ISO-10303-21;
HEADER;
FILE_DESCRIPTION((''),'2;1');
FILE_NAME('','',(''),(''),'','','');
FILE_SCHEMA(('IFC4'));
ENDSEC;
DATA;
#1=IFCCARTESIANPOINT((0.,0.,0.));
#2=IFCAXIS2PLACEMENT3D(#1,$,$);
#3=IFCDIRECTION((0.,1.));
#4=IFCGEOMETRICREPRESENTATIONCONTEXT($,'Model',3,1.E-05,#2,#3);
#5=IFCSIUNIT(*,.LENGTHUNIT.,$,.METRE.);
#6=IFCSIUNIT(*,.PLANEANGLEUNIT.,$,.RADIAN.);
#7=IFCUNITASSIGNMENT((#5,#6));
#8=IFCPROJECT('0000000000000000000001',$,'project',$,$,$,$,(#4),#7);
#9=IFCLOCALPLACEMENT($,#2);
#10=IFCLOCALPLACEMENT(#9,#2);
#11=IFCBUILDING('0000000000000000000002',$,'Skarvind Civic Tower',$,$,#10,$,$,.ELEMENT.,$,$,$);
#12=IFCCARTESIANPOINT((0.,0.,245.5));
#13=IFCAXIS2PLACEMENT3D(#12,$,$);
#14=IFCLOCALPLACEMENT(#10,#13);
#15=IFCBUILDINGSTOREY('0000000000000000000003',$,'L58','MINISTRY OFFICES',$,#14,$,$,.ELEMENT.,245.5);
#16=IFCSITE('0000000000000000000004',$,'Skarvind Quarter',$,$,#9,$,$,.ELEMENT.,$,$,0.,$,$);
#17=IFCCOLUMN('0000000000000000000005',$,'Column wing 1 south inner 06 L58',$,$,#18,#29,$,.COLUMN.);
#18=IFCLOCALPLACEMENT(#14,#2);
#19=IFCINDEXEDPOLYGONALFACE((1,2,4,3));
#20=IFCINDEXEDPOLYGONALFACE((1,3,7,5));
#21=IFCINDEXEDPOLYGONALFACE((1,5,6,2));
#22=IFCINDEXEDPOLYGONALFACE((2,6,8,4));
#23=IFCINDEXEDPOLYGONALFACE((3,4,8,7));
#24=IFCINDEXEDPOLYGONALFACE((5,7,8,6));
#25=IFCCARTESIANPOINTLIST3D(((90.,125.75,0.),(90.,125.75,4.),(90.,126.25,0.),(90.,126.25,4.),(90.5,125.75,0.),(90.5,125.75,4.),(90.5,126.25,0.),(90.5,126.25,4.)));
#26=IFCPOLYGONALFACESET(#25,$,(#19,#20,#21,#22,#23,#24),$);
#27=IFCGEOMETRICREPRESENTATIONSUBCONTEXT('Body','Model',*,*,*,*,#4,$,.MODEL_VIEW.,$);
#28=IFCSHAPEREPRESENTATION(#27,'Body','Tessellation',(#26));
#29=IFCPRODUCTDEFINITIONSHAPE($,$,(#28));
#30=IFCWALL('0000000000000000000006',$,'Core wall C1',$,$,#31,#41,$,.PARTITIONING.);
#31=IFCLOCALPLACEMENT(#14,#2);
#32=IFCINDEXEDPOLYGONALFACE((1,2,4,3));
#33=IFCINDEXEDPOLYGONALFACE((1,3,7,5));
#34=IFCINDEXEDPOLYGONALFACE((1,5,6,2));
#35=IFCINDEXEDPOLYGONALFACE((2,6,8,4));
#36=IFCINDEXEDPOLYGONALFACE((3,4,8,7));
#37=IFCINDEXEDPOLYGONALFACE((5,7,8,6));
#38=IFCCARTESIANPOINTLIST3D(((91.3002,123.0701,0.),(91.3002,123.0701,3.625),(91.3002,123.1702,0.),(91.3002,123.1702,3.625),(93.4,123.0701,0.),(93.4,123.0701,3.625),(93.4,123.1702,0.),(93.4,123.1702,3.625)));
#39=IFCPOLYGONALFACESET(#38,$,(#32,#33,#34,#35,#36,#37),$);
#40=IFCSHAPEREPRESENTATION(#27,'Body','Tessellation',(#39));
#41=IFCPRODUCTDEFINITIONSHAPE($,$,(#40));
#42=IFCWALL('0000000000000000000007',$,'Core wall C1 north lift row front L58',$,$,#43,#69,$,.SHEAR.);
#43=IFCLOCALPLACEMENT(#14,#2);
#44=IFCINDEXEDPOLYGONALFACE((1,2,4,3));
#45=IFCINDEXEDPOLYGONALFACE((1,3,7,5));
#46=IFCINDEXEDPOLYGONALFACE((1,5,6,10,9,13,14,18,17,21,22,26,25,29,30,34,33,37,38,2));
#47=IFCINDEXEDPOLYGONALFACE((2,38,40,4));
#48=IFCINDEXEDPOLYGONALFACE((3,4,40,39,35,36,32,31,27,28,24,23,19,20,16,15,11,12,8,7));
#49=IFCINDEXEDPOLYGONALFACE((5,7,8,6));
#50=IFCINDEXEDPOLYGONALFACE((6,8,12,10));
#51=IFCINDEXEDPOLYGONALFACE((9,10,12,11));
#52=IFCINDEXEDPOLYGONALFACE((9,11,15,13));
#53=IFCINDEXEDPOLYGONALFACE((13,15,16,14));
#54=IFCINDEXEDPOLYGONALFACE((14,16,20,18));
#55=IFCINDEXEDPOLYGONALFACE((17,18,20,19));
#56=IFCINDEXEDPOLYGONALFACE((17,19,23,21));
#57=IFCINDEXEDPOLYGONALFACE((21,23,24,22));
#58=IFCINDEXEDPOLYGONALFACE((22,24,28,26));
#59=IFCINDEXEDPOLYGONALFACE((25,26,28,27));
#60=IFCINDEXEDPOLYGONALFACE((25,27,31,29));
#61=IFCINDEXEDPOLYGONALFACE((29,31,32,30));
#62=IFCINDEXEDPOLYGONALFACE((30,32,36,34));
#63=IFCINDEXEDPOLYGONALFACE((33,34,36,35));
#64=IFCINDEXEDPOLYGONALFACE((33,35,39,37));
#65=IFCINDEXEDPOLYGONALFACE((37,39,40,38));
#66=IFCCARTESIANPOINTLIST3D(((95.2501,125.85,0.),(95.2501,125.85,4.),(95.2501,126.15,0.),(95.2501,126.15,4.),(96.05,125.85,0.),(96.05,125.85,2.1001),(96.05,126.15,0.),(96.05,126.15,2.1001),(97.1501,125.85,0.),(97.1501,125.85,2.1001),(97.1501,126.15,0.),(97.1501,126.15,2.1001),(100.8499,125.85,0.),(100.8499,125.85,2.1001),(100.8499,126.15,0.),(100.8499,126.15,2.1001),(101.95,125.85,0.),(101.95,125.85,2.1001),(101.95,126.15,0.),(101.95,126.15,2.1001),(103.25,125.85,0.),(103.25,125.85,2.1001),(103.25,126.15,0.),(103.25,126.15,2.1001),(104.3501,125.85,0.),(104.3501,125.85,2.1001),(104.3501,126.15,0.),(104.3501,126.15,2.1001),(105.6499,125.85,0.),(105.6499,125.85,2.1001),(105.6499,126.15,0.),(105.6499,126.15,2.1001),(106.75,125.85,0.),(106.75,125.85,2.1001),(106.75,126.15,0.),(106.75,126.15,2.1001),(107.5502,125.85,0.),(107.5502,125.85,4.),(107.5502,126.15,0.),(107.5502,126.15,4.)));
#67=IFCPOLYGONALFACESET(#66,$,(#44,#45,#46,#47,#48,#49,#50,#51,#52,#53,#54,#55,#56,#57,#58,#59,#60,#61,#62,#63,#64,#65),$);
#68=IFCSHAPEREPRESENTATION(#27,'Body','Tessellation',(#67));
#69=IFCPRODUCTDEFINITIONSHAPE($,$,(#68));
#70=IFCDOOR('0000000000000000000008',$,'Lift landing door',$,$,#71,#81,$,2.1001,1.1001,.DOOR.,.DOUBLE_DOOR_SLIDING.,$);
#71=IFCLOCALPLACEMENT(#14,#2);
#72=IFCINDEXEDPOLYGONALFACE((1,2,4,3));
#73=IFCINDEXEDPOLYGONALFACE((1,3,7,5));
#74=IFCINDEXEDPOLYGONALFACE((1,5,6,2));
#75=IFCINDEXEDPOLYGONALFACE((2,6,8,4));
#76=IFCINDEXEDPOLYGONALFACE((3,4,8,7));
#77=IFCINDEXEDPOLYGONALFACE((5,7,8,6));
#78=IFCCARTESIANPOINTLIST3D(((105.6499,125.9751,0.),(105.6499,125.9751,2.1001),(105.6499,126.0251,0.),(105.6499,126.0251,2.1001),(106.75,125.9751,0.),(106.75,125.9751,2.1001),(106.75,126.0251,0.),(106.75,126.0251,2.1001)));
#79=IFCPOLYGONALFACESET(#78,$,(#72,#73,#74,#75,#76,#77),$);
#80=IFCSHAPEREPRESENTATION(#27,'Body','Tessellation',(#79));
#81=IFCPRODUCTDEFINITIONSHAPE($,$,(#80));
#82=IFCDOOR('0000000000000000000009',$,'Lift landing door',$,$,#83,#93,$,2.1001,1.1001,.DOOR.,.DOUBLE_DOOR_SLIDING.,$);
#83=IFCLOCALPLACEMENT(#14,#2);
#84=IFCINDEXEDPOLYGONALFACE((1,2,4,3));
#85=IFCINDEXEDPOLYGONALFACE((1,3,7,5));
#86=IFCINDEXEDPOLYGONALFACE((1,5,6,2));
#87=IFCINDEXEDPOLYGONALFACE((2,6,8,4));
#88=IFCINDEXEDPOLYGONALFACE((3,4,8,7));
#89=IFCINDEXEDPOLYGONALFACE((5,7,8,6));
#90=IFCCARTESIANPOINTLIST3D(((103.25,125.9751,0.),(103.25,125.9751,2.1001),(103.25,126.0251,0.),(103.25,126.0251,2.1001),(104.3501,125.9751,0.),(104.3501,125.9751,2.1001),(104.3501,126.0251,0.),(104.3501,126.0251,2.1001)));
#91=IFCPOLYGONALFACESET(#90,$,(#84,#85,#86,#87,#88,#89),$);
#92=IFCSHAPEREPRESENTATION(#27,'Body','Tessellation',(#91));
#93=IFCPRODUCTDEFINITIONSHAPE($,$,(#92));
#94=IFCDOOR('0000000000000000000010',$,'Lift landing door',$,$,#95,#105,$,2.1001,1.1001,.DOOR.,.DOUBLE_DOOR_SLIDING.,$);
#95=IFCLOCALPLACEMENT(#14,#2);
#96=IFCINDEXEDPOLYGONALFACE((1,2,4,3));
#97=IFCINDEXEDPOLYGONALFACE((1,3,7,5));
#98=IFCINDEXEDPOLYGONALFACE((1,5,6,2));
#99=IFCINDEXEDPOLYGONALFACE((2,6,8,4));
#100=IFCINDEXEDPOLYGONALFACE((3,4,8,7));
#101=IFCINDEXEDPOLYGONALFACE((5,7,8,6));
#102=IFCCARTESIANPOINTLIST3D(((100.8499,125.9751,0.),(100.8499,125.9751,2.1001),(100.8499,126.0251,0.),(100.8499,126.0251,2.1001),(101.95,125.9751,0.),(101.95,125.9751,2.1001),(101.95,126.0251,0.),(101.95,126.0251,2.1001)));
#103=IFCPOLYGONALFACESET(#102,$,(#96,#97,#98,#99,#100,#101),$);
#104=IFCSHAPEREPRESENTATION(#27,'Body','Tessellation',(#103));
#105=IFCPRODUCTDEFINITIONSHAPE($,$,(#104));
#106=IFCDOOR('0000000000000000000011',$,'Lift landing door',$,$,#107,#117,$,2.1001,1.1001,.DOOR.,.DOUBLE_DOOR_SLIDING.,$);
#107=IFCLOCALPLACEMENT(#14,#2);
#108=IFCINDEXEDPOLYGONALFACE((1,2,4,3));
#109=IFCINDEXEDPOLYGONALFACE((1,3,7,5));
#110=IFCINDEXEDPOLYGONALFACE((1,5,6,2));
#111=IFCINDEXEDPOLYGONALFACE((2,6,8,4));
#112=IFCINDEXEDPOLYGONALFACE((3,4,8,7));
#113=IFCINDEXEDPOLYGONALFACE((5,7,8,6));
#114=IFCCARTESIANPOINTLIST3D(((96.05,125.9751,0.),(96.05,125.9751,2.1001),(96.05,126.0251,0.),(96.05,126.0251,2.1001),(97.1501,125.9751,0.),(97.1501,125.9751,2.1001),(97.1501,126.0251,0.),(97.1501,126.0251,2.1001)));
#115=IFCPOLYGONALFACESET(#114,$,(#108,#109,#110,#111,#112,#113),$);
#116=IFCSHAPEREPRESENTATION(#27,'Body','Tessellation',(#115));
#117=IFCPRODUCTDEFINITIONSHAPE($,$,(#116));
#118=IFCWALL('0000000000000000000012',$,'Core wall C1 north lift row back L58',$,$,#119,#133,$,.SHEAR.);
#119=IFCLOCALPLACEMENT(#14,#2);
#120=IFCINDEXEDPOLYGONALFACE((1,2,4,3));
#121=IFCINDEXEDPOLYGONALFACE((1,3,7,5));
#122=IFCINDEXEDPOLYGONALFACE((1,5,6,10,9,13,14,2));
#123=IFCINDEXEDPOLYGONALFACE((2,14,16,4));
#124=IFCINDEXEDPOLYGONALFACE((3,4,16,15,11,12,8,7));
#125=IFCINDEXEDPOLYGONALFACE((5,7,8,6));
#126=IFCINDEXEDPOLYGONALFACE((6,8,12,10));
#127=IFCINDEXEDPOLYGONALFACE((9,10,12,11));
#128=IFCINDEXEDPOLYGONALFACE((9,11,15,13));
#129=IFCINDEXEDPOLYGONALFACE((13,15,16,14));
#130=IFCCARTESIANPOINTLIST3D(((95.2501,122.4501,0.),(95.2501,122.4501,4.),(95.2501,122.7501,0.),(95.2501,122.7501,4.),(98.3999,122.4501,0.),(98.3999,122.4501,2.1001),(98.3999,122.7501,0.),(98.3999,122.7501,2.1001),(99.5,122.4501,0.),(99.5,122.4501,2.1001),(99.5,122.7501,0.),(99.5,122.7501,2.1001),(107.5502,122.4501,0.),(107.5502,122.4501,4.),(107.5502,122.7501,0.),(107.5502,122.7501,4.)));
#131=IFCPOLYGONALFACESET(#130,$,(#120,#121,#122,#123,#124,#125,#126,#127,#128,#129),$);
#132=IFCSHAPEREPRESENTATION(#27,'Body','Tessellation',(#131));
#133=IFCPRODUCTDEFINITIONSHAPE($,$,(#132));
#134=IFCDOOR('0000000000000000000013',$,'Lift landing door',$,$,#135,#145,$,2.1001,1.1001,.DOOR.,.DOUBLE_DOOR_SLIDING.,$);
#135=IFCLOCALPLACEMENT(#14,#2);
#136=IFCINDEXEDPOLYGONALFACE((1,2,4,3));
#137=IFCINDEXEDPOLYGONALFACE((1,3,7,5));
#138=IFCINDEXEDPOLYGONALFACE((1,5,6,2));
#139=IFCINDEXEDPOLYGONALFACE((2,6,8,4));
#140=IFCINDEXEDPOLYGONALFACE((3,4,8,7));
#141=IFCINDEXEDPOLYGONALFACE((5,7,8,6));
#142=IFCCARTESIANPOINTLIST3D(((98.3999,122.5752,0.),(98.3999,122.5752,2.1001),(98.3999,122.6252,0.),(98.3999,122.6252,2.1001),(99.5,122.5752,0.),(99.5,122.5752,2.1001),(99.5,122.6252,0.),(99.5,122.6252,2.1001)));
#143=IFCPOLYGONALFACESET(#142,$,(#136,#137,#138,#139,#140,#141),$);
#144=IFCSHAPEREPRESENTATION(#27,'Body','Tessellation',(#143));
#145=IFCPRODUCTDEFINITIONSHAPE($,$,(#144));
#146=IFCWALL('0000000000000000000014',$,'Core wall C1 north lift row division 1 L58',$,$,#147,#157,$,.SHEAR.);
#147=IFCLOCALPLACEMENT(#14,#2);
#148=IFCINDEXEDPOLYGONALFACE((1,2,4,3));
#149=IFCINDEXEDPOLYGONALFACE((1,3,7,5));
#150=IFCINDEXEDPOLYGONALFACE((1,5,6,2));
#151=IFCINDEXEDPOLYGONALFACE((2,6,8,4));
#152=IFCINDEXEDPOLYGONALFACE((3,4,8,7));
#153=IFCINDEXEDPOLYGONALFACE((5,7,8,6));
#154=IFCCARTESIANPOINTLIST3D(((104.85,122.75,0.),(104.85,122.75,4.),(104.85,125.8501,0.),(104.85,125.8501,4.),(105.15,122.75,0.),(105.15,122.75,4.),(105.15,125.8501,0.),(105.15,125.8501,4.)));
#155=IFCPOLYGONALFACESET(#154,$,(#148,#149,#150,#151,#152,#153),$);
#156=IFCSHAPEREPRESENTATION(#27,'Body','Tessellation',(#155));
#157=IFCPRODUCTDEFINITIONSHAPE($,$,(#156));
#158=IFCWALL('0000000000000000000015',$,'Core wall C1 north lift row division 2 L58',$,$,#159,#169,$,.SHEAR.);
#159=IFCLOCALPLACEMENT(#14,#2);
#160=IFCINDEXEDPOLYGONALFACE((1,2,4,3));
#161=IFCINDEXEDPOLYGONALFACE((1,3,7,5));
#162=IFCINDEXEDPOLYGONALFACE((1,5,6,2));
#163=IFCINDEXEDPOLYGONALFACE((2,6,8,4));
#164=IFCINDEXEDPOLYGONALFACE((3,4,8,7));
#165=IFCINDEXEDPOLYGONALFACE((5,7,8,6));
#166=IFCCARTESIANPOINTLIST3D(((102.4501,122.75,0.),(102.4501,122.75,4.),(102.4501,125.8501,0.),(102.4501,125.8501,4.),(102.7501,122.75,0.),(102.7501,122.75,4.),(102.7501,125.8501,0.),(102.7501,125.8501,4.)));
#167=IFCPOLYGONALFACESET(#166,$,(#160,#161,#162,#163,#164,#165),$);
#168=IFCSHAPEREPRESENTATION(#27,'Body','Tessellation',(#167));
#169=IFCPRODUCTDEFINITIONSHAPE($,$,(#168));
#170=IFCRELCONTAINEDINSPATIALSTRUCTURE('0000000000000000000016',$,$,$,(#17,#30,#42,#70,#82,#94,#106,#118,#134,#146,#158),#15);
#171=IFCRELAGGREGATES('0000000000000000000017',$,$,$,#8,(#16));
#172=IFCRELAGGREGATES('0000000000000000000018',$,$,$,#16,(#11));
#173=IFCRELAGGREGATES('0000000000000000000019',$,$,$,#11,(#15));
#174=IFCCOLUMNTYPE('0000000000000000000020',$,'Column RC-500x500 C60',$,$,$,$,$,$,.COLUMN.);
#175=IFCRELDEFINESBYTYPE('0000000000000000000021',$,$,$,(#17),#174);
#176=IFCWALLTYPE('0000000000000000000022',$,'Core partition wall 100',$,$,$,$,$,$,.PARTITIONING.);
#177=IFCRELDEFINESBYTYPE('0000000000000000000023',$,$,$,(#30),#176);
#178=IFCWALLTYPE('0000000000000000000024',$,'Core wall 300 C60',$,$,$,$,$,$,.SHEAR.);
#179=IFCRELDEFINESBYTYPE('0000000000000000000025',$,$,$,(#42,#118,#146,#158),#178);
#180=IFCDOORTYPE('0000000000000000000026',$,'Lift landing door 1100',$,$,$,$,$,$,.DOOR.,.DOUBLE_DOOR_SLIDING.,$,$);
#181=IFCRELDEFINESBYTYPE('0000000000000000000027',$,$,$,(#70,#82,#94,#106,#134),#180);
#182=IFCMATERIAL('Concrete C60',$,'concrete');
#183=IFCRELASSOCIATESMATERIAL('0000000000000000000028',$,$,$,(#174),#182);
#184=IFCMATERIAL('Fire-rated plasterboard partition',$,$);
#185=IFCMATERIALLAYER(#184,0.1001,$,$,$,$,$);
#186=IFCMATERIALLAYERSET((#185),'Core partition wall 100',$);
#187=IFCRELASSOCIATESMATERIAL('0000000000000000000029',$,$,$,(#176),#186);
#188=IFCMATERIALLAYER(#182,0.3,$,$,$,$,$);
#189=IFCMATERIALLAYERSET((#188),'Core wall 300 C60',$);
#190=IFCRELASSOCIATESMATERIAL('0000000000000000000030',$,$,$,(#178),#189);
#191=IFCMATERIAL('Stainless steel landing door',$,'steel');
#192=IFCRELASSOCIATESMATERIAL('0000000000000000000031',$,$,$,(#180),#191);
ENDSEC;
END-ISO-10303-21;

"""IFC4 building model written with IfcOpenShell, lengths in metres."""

from ifc_helpers import new_model, si_unit, direction, frame, frame_2d, origin, origin_2d, place, context, subcontext, project, spatial, rectangle, extrude, material, layer, layer_set, material_profile, profile_set, type_object, element, fill, save


model = new_model("IFC4")

# Units and contexts
model_context = context("Model", 3, precision=1e-05, world=origin(), true_north=direction((0.0, 1.0)))
body_context = subcontext(model_context, "Body", "Model", "MODEL_VIEW")
ifc_project = project(units=[si_unit("LENGTHUNIT", "METRE"), si_unit("PLANEANGLEUNIT", "RADIAN")], contexts=[model_context])

# Site, building, storey
site_placement = place(None, origin())
site = spatial("IfcSite", under=ifc_project, at=site_placement, Name="Skarvind Quarter", CompositionType="ELEMENT", RefElevation=0.0)
building_placement = place(site_placement, origin())
building = spatial("IfcBuilding", under=site, at=building_placement, Name="Skarvind Civic Tower", CompositionType="ELEMENT")
storey_placement = place(building_placement, frame((0.0, 0.0, 245.5)))
storey = spatial("IfcBuildingStorey", under=building, at=storey_placement, Name="L58", Description="MINISTRY OFFICES", CompositionType="ELEMENT", Elevation=245.5)

# Column
ifc_material_1 = material(Name="Concrete C60", Category="concrete")
ifc_material_profile = material_profile(ifc_material_1, rectangle(XDim=0.5, YDim=0.5, at=origin_2d()), Name="RC-500x500")
ifc_profile_set = profile_set([ifc_material_profile], Name="Concrete C60")
column_type = type_object("IfcColumnType", Name="Column RC-500x500 C60", PredefinedType="COLUMN", material=ifc_profile_set)
column_placement = place(storey_placement, frame((90.25, 126.0, 0.0), z_axis=(0.0, 0.0, 1.0), x_axis=(1.0, 0.0, 0.0)))
element("IfcColumn", 1, at=column_placement, inside=storey, type_object=column_type, Name="Column wing 1 south inner 06 L58", PredefinedType="COLUMN", context=body_context, shape_type="SweptSolid", body=[
    extrude(rectangle(XDim=0.5, YDim=0.5, at=origin_2d()), origin(), (0.0, 0.0, 1.0), 4.0),
])

# Wall
ifc_material_2 = material(Name="Fire-rated plasterboard partition")
ifc_layer_1 = layer(ifc_material_2, 0.1001)
ifc_layer_set_1 = layer_set([ifc_layer_1], Name="Core partition wall 100")
wall_type_1 = type_object("IfcWallType", Name="Core partition wall 100", PredefinedType="PARTITIONING", material=ifc_layer_set_1)
wall_1_placement = place(storey_placement, frame((93.3999, 123.1201, 0.0), z_axis=(0.0, 0.0, 1.0), x_axis=(-1.0, 0.0, 0.0)))
element("IfcWall", 2, at=wall_1_placement, inside=storey, type_object=wall_type_1, Name="Core wall C1", PredefinedType="PARTITIONING", context=body_context, shape_type="SweptSolid", body=[
    extrude(rectangle(XDim=2.0999, YDim=0.1001, at=frame_2d((1.0498, 0.0))), origin(), (0.0, 0.0, 1.0), 3.625),
])

# Wall, openings, doors
ifc_layer_2 = layer(ifc_material_1, 0.3)
ifc_layer_set_2 = layer_set([ifc_layer_2], Name="Core wall 300 C60")
wall_type_2 = type_object("IfcWallType", Name="Core wall 300 C60", PredefinedType="SHEAR", material=ifc_layer_set_2)
wall_2_placement = place(storey_placement, frame((107.55, 126.0, 0.0), z_axis=(0.0, 0.0, 1.0), x_axis=(-1.0, 0.0, 0.0)))
wall_2 = element("IfcWall", 3, at=wall_2_placement, inside=storey, type_object=wall_type_2, Name="Core wall C1 north lift row front L58", PredefinedType="SHEAR", context=body_context, shape_type="SweptSolid", body=[
    extrude(rectangle(XDim=12.3, YDim=0.3, at=frame_2d((6.1499, 0.0))), origin(), (0.0, 0.0, 1.0), 4.0),
])
opening_1_placement = place(wall_2_placement, frame((0.8, 0.0, 0.0)))
opening_1 = element("IfcOpeningElement", 4, at=opening_1_placement, cuts=wall_2, PredefinedType="OPENING", context=body_context, shape_type="SweptSolid", body=[
    extrude(rectangle(XDim=1.1001, YDim=2.1001, at=frame_2d((0.55, 1.05))), frame((0.0, 0.1599, 0.0), z_axis=(0.0, -1.0, 0.0), x_axis=(1.0, 0.0, 0.0)), (0.0, 0.0, 1.0), 0.3201),
])
opening_2_placement = place(wall_2_placement, frame((3.2, 0.0, 0.0)))
opening_2 = element("IfcOpeningElement", 5, at=opening_2_placement, cuts=wall_2, PredefinedType="OPENING", context=body_context, shape_type="SweptSolid", body=[
    extrude(rectangle(XDim=1.1001, YDim=2.1001, at=frame_2d((0.55, 1.05))), frame((0.0, 0.1599, 0.0), z_axis=(0.0, -1.0, 0.0), x_axis=(1.0, 0.0, 0.0)), (0.0, 0.0, 1.0), 0.3201),
])
opening_3_placement = place(wall_2_placement, frame((5.6001, 0.0, 0.0)))
opening_3 = element("IfcOpeningElement", 6, at=opening_3_placement, cuts=wall_2, PredefinedType="OPENING", context=body_context, shape_type="SweptSolid", body=[
    extrude(rectangle(XDim=1.1001, YDim=2.1001, at=frame_2d((0.55, 1.05))), frame((0.0, 0.1599, 0.0), z_axis=(0.0, -1.0, 0.0), x_axis=(1.0, 0.0, 0.0)), (0.0, 0.0, 1.0), 0.3201),
])
opening_4_placement = place(wall_2_placement, frame((10.3999, 0.0, 0.0)))
opening_4 = element("IfcOpeningElement", 7, at=opening_4_placement, cuts=wall_2, PredefinedType="OPENING", context=body_context, shape_type="SweptSolid", body=[
    extrude(rectangle(XDim=1.1001, YDim=2.1001, at=frame_2d((0.55, 1.05))), frame((0.0, 0.1599, 0.0), z_axis=(0.0, -1.0, 0.0), x_axis=(1.0, 0.0, 0.0)), (0.0, 0.0, 1.0), 0.3201),
])
ifc_material_3 = material(Name="Stainless steel landing door", Category="steel")
door_type_1 = type_object("IfcDoorType", Name="Lift landing door 1100", OperationType="DOUBLE_DOOR_SLIDING", PredefinedType="DOOR", material=ifc_material_3)
door_1_placement = place(opening_1_placement, origin())
door_1 = element("IfcDoor", 8, at=door_1_placement, inside=storey, type_object=door_type_1, Name="Lift landing door", OperationType="DOUBLE_DOOR_SLIDING", OverallHeight=2.1001, OverallWidth=1.1001, PredefinedType="DOOR", context=body_context, shape_type="SweptSolid", body=[
    extrude(rectangle(XDim=1.1001, YDim=2.1001, at=frame_2d((0.55, 1.05))), frame((0.0, 0.0249, 0.0), z_axis=(0.0, -1.0, 0.0), x_axis=(1.0, 0.0, 0.0)), (0.0, 0.0, 1.0), 0.05),
])
fill(opening_1, door_1)
door_2_placement = place(opening_2_placement, origin())
door_2 = element("IfcDoor", 9, at=door_2_placement, inside=storey, type_object=door_type_1, Name="Lift landing door", OperationType="DOUBLE_DOOR_SLIDING", OverallHeight=2.1001, OverallWidth=1.1001, PredefinedType="DOOR", context=body_context, shape_type="SweptSolid", body=[
    extrude(rectangle(XDim=1.1001, YDim=2.1001, at=frame_2d((0.55, 1.05))), frame((0.0, 0.0249, 0.0), z_axis=(0.0, -1.0, 0.0), x_axis=(1.0, 0.0, 0.0)), (0.0, 0.0, 1.0), 0.05),
])
fill(opening_2, door_2)
door_3_placement = place(opening_3_placement, origin())
door_3 = element("IfcDoor", 10, at=door_3_placement, inside=storey, type_object=door_type_1, Name="Lift landing door", OperationType="DOUBLE_DOOR_SLIDING", OverallHeight=2.1001, OverallWidth=1.1001, PredefinedType="DOOR", context=body_context, shape_type="SweptSolid", body=[
    extrude(rectangle(XDim=1.1001, YDim=2.1001, at=frame_2d((0.55, 1.05))), frame((0.0, 0.0249, 0.0), z_axis=(0.0, -1.0, 0.0), x_axis=(1.0, 0.0, 0.0)), (0.0, 0.0, 1.0), 0.05),
])
fill(opening_3, door_3)
door_4_placement = place(opening_4_placement, origin())
door_4 = element("IfcDoor", 11, at=door_4_placement, inside=storey, type_object=door_type_1, Name="Lift landing door", OperationType="DOUBLE_DOOR_SLIDING", OverallHeight=2.1001, OverallWidth=1.1001, PredefinedType="DOOR", context=body_context, shape_type="SweptSolid", body=[
    extrude(rectangle(XDim=1.1001, YDim=2.1001, at=frame_2d((0.55, 1.05))), frame((0.0, 0.0249, 0.0), z_axis=(0.0, -1.0, 0.0), x_axis=(1.0, 0.0, 0.0)), (0.0, 0.0, 1.0), 0.05),
])
fill(opening_4, door_4)

# Wall, opening, door
wall_3_placement = place(storey_placement, frame((107.55, 122.6001, 0.0), z_axis=(0.0, 0.0, 1.0), x_axis=(-1.0, 0.0, 0.0)))
wall_3 = element("IfcWall", 12, at=wall_3_placement, inside=storey, type_object=wall_type_2, Name="Core wall C1 north lift row back L58", PredefinedType="SHEAR", context=body_context, shape_type="SweptSolid", body=[
    extrude(rectangle(XDim=12.3, YDim=0.3, at=frame_2d((6.1499, 0.0))), origin(), (0.0, 0.0, 1.0), 4.0),
])
opening_5_placement = place(wall_3_placement, frame((8.05, 0.0, 0.0)))
opening_5 = element("IfcOpeningElement", 13, at=opening_5_placement, cuts=wall_3, PredefinedType="OPENING", context=body_context, shape_type="SweptSolid", body=[
    extrude(rectangle(XDim=1.1001, YDim=2.1001, at=frame_2d((0.55, 1.05))), frame((0.0, 0.1599, 0.0), z_axis=(0.0, -1.0, 0.0), x_axis=(1.0, 0.0, 0.0)), (0.0, 0.0, 1.0), 0.3201),
])
door_5_placement = place(opening_5_placement, origin())
door_5 = element("IfcDoor", 14, at=door_5_placement, inside=storey, type_object=door_type_1, Name="Lift landing door", OperationType="DOUBLE_DOOR_SLIDING", OverallHeight=2.1001, OverallWidth=1.1001, PredefinedType="DOOR", context=body_context, shape_type="SweptSolid", body=[
    extrude(rectangle(XDim=1.1001, YDim=2.1001, at=frame_2d((0.55, 1.05))), frame((0.0, 0.0249, 0.0), z_axis=(0.0, -1.0, 0.0), x_axis=(1.0, 0.0, 0.0)), (0.0, 0.0, 1.0), 0.05),
])
fill(opening_5, door_5)

# Walls
for number, where, z_axis, x_axis, name in (
    (15, (105.0, 125.8501, 0.0), (0.0, 0.0, 1.0), (0.0, -1.0, 0.0), "Core wall C1 north lift row division 1 L58"),
    (16, (102.6001, 125.8501, 0.0), (0.0, 0.0, 1.0), (0.0, -1.0, 0.0), "Core wall C1 north lift row division 2 L58"),
):
    element("IfcWall", number, at=place(storey_placement, frame(where, z_axis=z_axis, x_axis=x_axis)), inside=storey, type_object=wall_type_2, Name=name, PredefinedType="SHEAR", context=body_context, shape_type="SweptSolid", body=[
        extrude(rectangle(XDim=3.1001, YDim=0.3, at=frame_2d((1.55, 0.0))), origin(), (0.0, 0.0, 1.0), 4.0),
    ])

save(model, "model.ifc")
